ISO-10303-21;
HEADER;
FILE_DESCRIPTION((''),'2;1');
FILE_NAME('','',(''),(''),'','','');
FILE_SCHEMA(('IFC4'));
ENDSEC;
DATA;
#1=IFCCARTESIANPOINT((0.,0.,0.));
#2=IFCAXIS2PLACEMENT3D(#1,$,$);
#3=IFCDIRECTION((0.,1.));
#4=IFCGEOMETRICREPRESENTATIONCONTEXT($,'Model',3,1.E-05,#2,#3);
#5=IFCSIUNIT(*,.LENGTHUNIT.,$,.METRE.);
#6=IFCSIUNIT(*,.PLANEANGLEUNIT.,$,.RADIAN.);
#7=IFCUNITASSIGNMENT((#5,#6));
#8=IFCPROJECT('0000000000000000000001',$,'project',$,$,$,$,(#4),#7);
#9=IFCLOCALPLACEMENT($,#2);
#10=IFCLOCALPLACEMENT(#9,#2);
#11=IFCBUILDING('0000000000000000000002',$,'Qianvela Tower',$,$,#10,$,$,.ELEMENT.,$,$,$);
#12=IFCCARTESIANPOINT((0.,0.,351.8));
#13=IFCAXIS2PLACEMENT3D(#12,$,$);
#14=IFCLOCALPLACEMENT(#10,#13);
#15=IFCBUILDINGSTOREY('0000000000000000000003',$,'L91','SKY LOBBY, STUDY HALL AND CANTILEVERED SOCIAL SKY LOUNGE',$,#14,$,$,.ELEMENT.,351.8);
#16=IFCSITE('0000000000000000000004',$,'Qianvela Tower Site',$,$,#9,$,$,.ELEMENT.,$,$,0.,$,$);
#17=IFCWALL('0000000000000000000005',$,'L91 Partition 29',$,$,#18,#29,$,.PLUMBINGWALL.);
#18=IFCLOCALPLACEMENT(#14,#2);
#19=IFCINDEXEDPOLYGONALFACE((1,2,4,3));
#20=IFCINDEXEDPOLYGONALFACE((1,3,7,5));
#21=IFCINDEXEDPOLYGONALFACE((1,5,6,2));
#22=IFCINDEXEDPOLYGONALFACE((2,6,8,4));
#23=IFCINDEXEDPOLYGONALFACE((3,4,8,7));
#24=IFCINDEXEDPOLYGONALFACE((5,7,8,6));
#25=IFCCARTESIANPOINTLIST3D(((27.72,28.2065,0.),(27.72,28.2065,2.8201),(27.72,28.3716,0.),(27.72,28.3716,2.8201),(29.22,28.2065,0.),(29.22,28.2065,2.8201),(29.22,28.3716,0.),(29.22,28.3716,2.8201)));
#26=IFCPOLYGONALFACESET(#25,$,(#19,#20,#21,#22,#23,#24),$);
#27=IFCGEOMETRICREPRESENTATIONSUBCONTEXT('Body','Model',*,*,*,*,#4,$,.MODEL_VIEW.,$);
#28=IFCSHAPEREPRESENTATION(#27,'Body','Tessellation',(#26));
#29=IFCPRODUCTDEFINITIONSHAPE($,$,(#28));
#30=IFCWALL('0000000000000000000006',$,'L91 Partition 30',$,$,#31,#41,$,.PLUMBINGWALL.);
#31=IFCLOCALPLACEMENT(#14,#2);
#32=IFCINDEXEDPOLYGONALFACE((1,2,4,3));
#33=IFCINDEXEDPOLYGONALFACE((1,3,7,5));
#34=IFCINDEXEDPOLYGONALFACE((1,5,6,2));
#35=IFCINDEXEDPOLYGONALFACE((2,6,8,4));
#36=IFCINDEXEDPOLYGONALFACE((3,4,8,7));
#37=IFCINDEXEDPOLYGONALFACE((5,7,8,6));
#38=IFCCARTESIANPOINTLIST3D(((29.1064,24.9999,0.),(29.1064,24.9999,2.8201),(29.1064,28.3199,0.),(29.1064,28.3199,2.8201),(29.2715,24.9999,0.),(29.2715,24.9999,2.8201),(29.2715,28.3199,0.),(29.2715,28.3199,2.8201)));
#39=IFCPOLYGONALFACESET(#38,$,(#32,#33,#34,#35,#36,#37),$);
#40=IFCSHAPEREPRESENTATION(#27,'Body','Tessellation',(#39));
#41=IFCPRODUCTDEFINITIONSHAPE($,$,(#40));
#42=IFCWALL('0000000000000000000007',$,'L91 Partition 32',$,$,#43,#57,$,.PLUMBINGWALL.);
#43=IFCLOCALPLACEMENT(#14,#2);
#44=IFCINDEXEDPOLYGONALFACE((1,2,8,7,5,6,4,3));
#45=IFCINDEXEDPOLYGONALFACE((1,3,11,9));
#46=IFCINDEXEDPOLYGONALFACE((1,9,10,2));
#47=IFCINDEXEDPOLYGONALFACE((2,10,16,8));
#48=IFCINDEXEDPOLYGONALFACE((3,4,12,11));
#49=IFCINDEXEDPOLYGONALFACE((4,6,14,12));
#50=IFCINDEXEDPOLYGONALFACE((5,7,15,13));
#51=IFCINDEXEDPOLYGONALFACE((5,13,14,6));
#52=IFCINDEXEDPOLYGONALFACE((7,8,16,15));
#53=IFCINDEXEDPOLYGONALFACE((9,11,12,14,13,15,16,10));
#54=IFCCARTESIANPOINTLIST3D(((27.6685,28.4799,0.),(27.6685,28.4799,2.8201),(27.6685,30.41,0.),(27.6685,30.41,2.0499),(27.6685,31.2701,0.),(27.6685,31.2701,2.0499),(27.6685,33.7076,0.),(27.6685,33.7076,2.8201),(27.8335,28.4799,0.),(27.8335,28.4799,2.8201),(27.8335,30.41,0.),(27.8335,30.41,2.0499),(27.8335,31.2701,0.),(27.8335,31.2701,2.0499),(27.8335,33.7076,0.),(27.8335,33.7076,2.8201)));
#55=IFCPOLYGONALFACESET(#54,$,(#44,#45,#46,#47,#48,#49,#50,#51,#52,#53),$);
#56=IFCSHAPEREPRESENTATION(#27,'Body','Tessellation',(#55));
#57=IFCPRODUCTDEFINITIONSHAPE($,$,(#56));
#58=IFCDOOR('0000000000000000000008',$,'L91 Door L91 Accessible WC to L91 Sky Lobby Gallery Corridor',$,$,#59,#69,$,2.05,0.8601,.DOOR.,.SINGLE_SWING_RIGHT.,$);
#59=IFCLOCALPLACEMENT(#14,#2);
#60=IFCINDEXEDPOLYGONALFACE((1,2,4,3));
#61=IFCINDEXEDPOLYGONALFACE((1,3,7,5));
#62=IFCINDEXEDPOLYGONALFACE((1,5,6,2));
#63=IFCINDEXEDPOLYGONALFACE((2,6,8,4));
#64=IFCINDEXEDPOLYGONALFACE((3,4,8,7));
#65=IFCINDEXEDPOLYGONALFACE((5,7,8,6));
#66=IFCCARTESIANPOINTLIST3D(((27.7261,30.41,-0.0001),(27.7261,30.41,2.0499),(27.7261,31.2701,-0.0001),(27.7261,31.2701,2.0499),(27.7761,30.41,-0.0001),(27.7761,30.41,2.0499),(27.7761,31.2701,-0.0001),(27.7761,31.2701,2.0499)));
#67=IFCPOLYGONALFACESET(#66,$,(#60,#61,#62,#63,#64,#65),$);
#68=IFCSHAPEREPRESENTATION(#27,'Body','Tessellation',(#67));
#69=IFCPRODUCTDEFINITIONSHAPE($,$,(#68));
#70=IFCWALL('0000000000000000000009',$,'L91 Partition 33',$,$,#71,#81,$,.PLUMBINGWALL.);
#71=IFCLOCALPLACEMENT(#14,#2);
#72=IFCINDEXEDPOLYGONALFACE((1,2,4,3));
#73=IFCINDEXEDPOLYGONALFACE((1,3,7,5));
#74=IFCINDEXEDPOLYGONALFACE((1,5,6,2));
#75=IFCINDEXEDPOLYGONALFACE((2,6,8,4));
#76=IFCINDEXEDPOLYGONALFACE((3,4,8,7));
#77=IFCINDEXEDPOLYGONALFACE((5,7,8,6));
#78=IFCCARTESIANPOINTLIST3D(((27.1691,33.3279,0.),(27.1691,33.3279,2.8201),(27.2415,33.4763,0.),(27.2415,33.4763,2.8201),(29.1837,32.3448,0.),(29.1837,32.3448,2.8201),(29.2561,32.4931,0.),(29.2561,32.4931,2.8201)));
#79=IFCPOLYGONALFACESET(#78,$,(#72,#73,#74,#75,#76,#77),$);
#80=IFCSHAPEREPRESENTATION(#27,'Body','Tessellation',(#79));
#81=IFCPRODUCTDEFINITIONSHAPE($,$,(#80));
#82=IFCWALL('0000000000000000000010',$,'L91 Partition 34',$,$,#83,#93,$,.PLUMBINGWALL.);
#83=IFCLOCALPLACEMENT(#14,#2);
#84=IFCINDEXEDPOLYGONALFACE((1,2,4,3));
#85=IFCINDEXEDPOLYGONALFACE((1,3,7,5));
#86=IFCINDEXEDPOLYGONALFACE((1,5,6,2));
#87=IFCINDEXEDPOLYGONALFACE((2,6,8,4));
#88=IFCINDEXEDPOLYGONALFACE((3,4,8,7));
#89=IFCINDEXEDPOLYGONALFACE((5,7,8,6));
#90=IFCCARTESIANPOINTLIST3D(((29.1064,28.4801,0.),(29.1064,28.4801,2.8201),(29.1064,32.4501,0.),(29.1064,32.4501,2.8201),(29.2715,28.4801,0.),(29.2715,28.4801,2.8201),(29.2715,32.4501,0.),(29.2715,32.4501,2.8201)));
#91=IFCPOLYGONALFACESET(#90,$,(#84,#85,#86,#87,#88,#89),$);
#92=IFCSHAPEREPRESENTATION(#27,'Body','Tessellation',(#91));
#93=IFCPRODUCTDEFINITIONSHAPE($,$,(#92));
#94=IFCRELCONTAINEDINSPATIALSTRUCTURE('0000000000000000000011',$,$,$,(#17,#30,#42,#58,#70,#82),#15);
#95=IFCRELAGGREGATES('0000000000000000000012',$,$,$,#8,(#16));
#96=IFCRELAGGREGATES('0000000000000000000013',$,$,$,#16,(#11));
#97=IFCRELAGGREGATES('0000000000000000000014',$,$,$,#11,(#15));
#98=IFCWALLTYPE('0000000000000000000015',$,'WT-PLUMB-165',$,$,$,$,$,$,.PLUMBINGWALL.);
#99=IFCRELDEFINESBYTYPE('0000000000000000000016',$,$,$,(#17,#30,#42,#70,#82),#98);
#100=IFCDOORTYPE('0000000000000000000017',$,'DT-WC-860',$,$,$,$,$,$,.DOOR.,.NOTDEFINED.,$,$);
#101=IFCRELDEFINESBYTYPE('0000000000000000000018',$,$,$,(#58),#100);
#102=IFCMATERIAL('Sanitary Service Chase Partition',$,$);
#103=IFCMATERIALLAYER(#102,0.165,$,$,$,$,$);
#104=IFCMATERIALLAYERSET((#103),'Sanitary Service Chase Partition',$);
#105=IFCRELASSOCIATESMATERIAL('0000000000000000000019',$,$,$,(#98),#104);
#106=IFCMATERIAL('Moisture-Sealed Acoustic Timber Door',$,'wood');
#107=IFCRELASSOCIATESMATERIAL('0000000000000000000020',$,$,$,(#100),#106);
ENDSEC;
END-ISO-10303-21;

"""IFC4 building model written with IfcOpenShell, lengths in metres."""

from ifc_helpers import new_model, si_unit, direction, frame, frame_2d, origin, place, context, subcontext, project, spatial, rectangle, extrude, material, layer, layer_set, type_object, element, fill, save


model = new_model("IFC4")

# Units and contexts
model_context = context("Model", 3, precision=1e-05, world=origin(), true_north=direction((0.0, 1.0)))
body_context = subcontext(model_context, "Body", "Model", "MODEL_VIEW")
ifc_project = project(units=[si_unit("LENGTHUNIT", "METRE"), si_unit("PLANEANGLEUNIT", "RADIAN")], contexts=[model_context])

# Site, building, storey
site_placement = place(None, origin())
site = spatial("IfcSite", under=ifc_project, at=site_placement, Name="Qianvela Tower Site", CompositionType="ELEMENT", RefElevation=0.0)
building_placement = place(site_placement, origin())
building = spatial("IfcBuilding", under=site, at=building_placement, Name="Qianvela Tower", CompositionType="ELEMENT")
storey_placement = place(building_placement, frame((0.0, 0.0, 351.8)))
storey = spatial("IfcBuildingStorey", under=building, at=storey_placement, Name="L91", Description="SKY LOBBY, STUDY HALL AND CANTILEVERED SOCIAL SKY LOUNGE", CompositionType="ELEMENT", Elevation=351.8)

# Shared definitions
ifc_material_1 = material(Name="Sanitary Service Chase Partition")
ifc_layer_1 = layer(ifc_material_1, 0.165)
ifc_layer_set_1 = layer_set([ifc_layer_1], Name="Sanitary Service Chase Partition")
wall_type_1 = type_object("IfcWallType", Name="WT-PLUMB-165", PredefinedType="PLUMBINGWALL", material=ifc_layer_set_1)

# Walls
wall_1_placement = place(storey_placement, frame((27.72, 28.2891, 0.0), z_axis=(0.0, 0.0, 1.0), x_axis=(1.0, 0.0, 0.0)))
element("IfcWall", 1, at=wall_1_placement, inside=storey, type_object=wall_type_1, Name="L91 Partition 29", PredefinedType="PLUMBINGWALL", context=body_context, shape_type="SweptSolid", body=[
    extrude(rectangle(XDim=1.5, YDim=0.165, at=frame_2d((0.75, 0.0))), origin(), (0.0, 0.0, 1.0), 2.8201),
])
wall_2_placement = place(storey_placement, frame((29.189, 28.3201, 0.0), z_axis=(0.0, 0.0, 1.0), x_axis=(0.0, -1.0, 0.0)))
element("IfcWall", 2, at=wall_2_placement, inside=storey, type_object=wall_type_1, Name="L91 Partition 30", PredefinedType="PLUMBINGWALL", context=body_context, shape_type="SweptSolid", body=[
    extrude(rectangle(XDim=3.3201, YDim=0.165, at=frame_2d((1.6602, 0.0))), origin(), (0.0, 0.0, 1.0), 2.8201),
])

# Wall, opening, door
wall_3_placement = place(storey_placement, frame((27.751, 28.48, 0.0), z_axis=(0.0, 0.0, 1.0), x_axis=(0.0, 1.0, 0.0)))
wall_3 = element("IfcWall", 3, at=wall_3_placement, inside=storey, type_object=wall_type_1, Name="L91 Partition 32", PredefinedType="PLUMBINGWALL", context=body_context, shape_type="SweptSolid", body=[
    extrude(rectangle(XDim=5.2278, YDim=0.165, at=frame_2d((2.6138, 0.0))), origin(), (0.0, 0.0, 1.0), 2.8201),
])
opening_1_placement = place(wall_3_placement, frame((1.9299, 0.0, 0.0)))
opening_1 = element("IfcOpeningElement", 4, at=opening_1_placement, cuts=wall_3, PredefinedType="OPENING", context=body_context, shape_type="SweptSolid", body=[
    extrude(rectangle(XDim=0.8601, YDim=2.05, at=frame_2d((0.4302, 1.0249))), frame((0.0, 0.0925, 0.0), z_axis=(0.0, -1.0, 0.0), x_axis=(1.0, 0.0, 0.0)), (0.0, 0.0, 1.0), 0.1851),
])
ifc_material_2 = material(Name="Moisture-Sealed Acoustic Timber Door", Category="wood")
door_type_1 = type_object("IfcDoorType", Name="DT-WC-860", OperationType="NOTDEFINED", PredefinedType="DOOR", material=ifc_material_2)
door_1_placement = place(opening_1_placement, origin())
door_1 = element("IfcDoor", 5, at=door_1_placement, inside=storey, type_object=door_type_1, Name="L91 Door L91 Accessible WC to L91 Sky Lobby Gallery Corridor", OperationType="SINGLE_SWING_RIGHT", OverallHeight=2.05, OverallWidth=0.8601, PredefinedType="DOOR", context=body_context, shape_type="SweptSolid", body=[
    extrude(rectangle(XDim=0.8601, YDim=2.05, at=frame_2d((0.4302, 1.0249))), frame((0.0, 0.0249, 0.0), z_axis=(0.0, -1.0, 0.0), x_axis=(1.0, 0.0, 0.0)), (0.0, 0.0, 1.0), 0.05),
])
fill(opening_1, door_1)

# Walls
wall_4_placement = place(storey_placement, frame((27.2053, 33.4021, 0.0), z_axis=(0.0, 0.0, 1.0), x_axis=(0.898698, -0.438567, 0.0)))
element("IfcWall", 6, at=wall_4_placement, inside=storey, type_object=wall_type_1, Name="L91 Partition 33", PredefinedType="PLUMBINGWALL", context=body_context, shape_type="SweptSolid", body=[
    extrude(rectangle(XDim=2.2417, YDim=0.165, at=frame_2d((1.1208, 0.0))), origin(), (0.0, 0.0, 1.0), 2.8201),
])
wall_5_placement = place(storey_placement, frame((29.189, 32.45, 0.0), z_axis=(0.0, 0.0, 1.0), x_axis=(0.0, -1.0, 0.0)))
element("IfcWall", 7, at=wall_5_placement, inside=storey, type_object=wall_type_1, Name="L91 Partition 34", PredefinedType="PLUMBINGWALL", context=body_context, shape_type="SweptSolid", body=[
    extrude(rectangle(XDim=3.97, YDim=0.165, at=frame_2d((1.9849, 0.0))), origin(), (0.0, 0.0, 1.0), 2.8201),
])

save(model, "model.ifc")
